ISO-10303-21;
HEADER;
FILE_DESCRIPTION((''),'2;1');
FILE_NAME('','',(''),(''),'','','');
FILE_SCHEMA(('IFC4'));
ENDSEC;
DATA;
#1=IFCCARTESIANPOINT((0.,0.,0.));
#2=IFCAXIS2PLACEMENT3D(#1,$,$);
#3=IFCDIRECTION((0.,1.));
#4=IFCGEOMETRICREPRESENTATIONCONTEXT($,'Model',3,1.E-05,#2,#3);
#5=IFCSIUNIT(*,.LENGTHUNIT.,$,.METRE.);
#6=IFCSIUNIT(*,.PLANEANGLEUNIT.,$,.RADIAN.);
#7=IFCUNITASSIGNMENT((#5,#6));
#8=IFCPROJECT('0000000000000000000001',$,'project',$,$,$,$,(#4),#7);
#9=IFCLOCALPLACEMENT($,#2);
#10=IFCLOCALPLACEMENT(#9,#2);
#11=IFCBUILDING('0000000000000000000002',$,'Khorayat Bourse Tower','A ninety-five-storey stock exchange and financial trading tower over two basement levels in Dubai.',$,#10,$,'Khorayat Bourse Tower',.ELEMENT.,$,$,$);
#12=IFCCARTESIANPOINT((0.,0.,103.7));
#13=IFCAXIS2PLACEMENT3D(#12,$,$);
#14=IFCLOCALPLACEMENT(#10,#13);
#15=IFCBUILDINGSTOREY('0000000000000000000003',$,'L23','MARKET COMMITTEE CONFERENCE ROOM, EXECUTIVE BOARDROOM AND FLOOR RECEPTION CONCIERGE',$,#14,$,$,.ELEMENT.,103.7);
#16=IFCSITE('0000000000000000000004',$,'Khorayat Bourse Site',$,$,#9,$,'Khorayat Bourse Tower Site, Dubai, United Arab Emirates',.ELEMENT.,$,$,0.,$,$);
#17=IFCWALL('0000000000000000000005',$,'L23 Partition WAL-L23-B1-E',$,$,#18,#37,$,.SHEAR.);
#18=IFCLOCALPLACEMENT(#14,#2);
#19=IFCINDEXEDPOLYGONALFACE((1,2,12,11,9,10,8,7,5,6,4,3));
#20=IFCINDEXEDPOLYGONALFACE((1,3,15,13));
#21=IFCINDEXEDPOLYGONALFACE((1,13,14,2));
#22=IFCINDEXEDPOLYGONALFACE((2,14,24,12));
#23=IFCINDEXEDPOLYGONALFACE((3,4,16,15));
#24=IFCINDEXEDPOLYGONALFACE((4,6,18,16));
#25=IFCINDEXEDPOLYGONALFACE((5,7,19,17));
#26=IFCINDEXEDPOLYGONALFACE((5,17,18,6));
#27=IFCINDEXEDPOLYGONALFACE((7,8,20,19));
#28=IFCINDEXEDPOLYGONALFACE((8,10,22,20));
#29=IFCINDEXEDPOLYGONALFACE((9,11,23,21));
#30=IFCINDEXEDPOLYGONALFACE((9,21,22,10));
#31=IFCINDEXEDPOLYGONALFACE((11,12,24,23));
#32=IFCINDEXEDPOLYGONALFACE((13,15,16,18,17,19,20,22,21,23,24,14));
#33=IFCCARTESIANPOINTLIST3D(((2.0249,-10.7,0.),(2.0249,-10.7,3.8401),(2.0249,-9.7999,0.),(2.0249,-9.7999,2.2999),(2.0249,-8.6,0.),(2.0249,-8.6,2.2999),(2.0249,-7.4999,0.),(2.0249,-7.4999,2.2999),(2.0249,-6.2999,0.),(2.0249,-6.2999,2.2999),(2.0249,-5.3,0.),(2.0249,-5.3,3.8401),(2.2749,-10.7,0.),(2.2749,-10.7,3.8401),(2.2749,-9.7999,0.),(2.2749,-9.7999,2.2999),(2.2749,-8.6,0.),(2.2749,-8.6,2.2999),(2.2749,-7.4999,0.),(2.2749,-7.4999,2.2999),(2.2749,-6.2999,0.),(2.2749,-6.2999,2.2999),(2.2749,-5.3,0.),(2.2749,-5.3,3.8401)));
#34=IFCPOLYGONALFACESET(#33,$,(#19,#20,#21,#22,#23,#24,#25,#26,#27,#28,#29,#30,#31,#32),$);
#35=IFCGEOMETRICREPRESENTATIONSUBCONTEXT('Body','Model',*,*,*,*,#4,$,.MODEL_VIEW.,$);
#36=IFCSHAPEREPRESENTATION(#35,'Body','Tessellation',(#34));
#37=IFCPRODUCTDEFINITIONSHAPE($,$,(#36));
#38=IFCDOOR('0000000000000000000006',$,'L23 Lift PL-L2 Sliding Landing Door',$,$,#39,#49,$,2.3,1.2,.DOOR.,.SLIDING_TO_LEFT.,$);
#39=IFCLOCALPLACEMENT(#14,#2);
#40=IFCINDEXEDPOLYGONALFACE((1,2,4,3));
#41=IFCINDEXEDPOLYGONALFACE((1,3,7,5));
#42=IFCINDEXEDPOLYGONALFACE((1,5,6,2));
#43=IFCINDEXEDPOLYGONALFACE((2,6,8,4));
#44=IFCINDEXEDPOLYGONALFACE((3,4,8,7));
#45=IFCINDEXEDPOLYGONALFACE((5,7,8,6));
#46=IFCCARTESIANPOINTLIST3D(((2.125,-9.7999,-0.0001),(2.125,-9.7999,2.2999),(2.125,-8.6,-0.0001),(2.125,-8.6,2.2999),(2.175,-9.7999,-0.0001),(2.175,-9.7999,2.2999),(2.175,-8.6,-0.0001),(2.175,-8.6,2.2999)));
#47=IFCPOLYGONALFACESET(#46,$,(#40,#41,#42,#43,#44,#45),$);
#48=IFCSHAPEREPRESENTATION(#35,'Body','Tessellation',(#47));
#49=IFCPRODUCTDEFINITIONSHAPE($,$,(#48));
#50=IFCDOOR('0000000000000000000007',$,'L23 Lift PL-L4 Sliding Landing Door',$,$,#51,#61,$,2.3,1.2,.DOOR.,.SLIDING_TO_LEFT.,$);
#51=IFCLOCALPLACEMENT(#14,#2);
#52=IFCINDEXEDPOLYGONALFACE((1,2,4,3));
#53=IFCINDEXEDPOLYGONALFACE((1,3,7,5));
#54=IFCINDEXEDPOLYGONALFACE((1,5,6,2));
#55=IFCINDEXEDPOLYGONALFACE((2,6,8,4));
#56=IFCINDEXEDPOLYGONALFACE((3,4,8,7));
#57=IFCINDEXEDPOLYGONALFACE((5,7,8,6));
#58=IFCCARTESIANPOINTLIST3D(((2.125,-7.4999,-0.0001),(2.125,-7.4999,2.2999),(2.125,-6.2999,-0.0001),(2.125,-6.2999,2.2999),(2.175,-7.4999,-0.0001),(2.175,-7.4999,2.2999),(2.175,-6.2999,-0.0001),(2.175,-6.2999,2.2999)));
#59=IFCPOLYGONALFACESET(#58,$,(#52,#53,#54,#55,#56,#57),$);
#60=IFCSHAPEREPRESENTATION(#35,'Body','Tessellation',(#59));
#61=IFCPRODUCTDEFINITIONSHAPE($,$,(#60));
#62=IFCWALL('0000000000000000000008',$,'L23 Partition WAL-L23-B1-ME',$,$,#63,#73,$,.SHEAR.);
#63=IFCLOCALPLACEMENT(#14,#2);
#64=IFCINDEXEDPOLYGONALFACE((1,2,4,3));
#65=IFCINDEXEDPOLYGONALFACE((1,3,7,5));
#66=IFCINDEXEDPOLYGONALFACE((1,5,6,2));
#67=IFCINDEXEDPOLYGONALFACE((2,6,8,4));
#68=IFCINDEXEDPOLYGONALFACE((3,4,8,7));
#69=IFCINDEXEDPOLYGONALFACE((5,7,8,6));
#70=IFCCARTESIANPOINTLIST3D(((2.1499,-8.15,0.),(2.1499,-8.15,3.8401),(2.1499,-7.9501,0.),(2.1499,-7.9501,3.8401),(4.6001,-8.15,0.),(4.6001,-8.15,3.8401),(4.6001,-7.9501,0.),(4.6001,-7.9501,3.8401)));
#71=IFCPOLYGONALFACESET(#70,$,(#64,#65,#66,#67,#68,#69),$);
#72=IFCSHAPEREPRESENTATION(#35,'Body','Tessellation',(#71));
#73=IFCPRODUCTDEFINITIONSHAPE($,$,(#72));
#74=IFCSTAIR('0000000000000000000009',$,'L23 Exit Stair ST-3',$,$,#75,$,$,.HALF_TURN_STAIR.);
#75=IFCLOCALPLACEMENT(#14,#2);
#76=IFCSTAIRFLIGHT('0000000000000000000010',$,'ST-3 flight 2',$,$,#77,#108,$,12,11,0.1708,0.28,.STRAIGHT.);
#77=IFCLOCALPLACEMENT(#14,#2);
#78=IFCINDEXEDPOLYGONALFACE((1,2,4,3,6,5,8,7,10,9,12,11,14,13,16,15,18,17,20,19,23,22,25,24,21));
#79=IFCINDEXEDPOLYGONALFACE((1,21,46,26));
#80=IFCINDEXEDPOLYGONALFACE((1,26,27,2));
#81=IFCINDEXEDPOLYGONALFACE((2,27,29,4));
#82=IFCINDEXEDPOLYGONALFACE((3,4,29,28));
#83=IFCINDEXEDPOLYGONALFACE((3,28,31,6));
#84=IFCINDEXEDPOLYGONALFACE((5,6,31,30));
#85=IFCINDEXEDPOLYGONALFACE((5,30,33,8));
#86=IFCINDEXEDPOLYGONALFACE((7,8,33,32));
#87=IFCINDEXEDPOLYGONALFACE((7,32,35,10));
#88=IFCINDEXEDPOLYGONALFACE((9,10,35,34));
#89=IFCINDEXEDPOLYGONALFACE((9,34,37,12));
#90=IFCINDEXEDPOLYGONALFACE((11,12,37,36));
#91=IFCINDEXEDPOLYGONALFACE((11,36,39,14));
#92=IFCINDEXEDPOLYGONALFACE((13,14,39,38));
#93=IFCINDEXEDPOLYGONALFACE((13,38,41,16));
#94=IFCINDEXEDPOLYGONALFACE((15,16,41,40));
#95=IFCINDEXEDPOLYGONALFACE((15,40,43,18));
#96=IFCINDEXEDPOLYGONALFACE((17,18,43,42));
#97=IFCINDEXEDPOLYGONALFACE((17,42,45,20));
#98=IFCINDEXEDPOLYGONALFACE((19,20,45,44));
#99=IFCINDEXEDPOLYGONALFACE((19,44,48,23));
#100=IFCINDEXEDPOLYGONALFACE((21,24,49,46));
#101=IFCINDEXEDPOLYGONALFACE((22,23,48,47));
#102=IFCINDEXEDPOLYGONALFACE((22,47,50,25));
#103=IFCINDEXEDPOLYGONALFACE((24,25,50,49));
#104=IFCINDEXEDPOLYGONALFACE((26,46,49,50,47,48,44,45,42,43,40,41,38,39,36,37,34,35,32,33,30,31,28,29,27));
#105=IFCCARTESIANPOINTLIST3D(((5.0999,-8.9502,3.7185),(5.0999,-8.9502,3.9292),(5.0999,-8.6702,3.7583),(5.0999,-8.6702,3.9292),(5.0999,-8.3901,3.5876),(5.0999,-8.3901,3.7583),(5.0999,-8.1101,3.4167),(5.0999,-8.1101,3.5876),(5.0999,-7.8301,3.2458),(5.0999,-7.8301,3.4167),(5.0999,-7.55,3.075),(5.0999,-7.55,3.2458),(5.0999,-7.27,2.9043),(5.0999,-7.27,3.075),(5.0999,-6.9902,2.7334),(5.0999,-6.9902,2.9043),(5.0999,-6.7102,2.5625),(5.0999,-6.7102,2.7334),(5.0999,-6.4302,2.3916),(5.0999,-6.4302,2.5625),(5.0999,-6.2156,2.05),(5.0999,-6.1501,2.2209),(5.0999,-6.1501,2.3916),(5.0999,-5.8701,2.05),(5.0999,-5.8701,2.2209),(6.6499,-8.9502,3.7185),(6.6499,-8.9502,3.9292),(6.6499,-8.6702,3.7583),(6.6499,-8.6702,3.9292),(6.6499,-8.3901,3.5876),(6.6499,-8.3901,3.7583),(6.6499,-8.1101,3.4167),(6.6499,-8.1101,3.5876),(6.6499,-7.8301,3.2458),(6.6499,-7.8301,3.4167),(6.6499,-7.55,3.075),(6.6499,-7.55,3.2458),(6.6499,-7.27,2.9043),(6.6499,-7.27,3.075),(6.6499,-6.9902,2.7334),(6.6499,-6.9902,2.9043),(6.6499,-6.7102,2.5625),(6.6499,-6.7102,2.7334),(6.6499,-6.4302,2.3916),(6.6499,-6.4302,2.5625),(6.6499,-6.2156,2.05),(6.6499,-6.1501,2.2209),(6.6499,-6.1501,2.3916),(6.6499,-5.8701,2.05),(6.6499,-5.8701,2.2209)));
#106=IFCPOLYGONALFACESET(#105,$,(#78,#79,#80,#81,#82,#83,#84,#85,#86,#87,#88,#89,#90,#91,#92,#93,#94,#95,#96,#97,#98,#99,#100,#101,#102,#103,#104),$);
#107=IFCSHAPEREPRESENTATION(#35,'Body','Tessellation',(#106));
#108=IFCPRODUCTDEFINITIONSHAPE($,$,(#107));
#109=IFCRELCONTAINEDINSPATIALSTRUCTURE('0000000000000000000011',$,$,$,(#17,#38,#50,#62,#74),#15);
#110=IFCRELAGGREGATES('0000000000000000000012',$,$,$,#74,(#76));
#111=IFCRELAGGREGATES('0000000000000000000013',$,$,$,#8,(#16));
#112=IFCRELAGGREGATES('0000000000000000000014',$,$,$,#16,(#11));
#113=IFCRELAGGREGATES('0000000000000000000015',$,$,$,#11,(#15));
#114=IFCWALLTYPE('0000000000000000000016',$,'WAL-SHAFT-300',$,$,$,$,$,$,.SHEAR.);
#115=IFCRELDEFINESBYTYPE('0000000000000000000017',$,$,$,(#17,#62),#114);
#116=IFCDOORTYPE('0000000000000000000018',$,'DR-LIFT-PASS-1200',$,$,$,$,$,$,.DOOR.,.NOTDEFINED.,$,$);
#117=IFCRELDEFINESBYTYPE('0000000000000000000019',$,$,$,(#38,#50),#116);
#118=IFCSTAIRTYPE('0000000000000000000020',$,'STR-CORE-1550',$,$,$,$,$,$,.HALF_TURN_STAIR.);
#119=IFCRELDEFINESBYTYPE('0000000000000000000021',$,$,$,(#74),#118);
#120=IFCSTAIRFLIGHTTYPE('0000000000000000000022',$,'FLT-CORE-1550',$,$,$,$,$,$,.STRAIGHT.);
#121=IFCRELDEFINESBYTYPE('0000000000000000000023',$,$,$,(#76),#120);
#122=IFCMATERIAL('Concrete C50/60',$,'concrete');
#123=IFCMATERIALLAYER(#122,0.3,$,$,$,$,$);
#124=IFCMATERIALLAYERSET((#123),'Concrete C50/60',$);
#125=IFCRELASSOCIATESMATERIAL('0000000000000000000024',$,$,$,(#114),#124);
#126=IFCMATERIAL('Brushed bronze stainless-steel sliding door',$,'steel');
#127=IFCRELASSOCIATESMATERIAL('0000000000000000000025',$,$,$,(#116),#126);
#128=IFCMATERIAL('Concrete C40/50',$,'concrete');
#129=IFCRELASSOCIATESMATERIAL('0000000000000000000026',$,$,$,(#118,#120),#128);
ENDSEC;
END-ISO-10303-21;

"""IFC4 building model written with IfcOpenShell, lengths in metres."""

from ifc_helpers import new_model, si_unit, direction, frame, frame_2d, origin, place, context, subcontext, project, spatial, polyline, rectangle, outline, extrude, source, transform, mapped, material, layer, layer_set, type_object, element, fill, aggregate, save


model = new_model("IFC4")

# Units and contexts
model_context = context("Model", 3, precision=1e-05, world=origin(), true_north=direction((0.0, 1.0)))
body_context = subcontext(model_context, "Body", "Model", "MODEL_VIEW")
ifc_project = project(units=[si_unit("LENGTHUNIT", "METRE"), si_unit("PLANEANGLEUNIT", "RADIAN")], contexts=[model_context])

# Site, building, storey
site_placement = place(None, origin())
site = spatial("IfcSite", under=ifc_project, at=site_placement, Name="Khorayat Bourse Site", LongName="Khorayat Bourse Tower Site, Dubai, United Arab Emirates", CompositionType="ELEMENT", RefElevation=0.0)
building_placement = place(site_placement, origin())
building = spatial("IfcBuilding", under=site, at=building_placement, Name="Khorayat Bourse Tower", Description="A ninety-five-storey stock exchange and financial trading tower over two basement levels in Dubai.", LongName="Khorayat Bourse Tower", CompositionType="ELEMENT")
storey_placement = place(building_placement, frame((0.0, 0.0, 103.7)))
storey = spatial("IfcBuildingStorey", under=building, at=storey_placement, Name="L23", Description="MARKET COMMITTEE CONFERENCE ROOM, EXECUTIVE BOARDROOM AND FLOOR RECEPTION CONCIERGE", CompositionType="ELEMENT", Elevation=103.7)

# Wall, openings, doors
ifc_material_1 = material(Name="Concrete C50/60", Category="concrete")
ifc_layer_1 = layer(ifc_material_1, 0.3)
ifc_layer_set_1 = layer_set([ifc_layer_1], Name="Concrete C50/60")
wall_type_1 = type_object("IfcWallType", Name="WAL-SHAFT-300", PredefinedType="SHEAR", material=ifc_layer_set_1)
shared_shape_1 = source(origin(), body_context, "Body", "SweptSolid", [
    extrude(rectangle(XDim=5.3999, YDim=0.25, at=frame_2d((2.7, 0.0))), origin(), (0.0, 0.0, 1.0), 3.8401),
])
shared_shape_2 = source(origin(), body_context, "Body", "SweptSolid", [
    extrude(rectangle(XDim=1.2, YDim=2.3, at=frame_2d((0.6001, 1.1499))), frame((0.0, 0.135, 0.0), z_axis=(0.0, -1.0, 0.0), x_axis=(1.0, 0.0, 0.0)), (0.0, 0.0, 1.0), 0.27),
])
ifc_material_2 = material(Name="Brushed bronze stainless-steel sliding door", Category="steel")
door_type_1 = type_object("IfcDoorType", Name="DR-LIFT-PASS-1200", OperationType="NOTDEFINED", PredefinedType="DOOR", material=ifc_material_2)
shared_shape_3 = source(origin(), body_context, "Body", "SweptSolid", [
    extrude(rectangle(XDim=1.2, YDim=2.3, at=frame_2d((0.6001, 1.1499))), frame((0.0, 0.0249, 0.0), z_axis=(0.0, -1.0, 0.0), x_axis=(1.0, 0.0, 0.0)), (0.0, 0.0, 1.0), 0.05),
])
wall_1_placement = place(storey_placement, frame((2.1499, -10.7, 0.0), z_axis=(0.0, 0.0, 1.0), x_axis=(0.0, 1.0, 0.0)))
wall_1 = element("IfcWall", 1, at=wall_1_placement, inside=storey, type_object=wall_type_1, Name="L23 Partition WAL-L23-B1-E", PredefinedType="SHEAR", context=body_context, shape_type="MappedRepresentation", body=[
    mapped(shared_shape_1, transform((0.0, 0.0, 0.0), scale=1.0)),
])
opening_1_placement = place(wall_1_placement, frame((0.8999, 0.0, 0.0)))
opening_1 = element("IfcOpeningElement", 2, at=opening_1_placement, cuts=wall_1, PredefinedType="OPENING", context=body_context, shape_type="MappedRepresentation", body=[
    mapped(shared_shape_2, transform((0.0, 0.0, 0.0), scale=1.0)),
])
opening_2_placement = place(wall_1_placement, frame((3.2, 0.0, 0.0)))
opening_2 = element("IfcOpeningElement", 3, at=opening_2_placement, cuts=wall_1, PredefinedType="OPENING", context=body_context, shape_type="MappedRepresentation", body=[
    mapped(shared_shape_2, transform((0.0, 0.0, 0.0), scale=1.0)),
])
door_1_placement = place(opening_1_placement, origin())
door_1 = element("IfcDoor", 4, at=door_1_placement, inside=storey, type_object=door_type_1, Name="L23 Lift PL-L2 Sliding Landing Door", OperationType="SLIDING_TO_LEFT", OverallHeight=2.3, OverallWidth=1.2, PredefinedType="DOOR", context=body_context, shape_type="MappedRepresentation", body=[
    mapped(shared_shape_3, transform((0.0, 0.0, 0.0), scale=1.0)),
])
fill(opening_1, door_1)
door_2_placement = place(opening_2_placement, origin())
door_2 = element("IfcDoor", 5, at=door_2_placement, inside=storey, type_object=door_type_1, Name="L23 Lift PL-L4 Sliding Landing Door", OperationType="SLIDING_TO_LEFT", OverallHeight=2.3, OverallWidth=1.2, PredefinedType="DOOR", context=body_context, shape_type="MappedRepresentation", body=[
    mapped(shared_shape_3, transform((0.0, 0.0, 0.0), scale=1.0)),
])
fill(opening_2, door_2)

# Wall
shared_shape_4 = source(origin(), body_context, "Body", "SweptSolid", [
    extrude(rectangle(XDim=2.4502, YDim=0.2, at=frame_2d((1.2251, 0.0))), origin(), (0.0, 0.0, 1.0), 3.8401),
])
wall_2_placement = place(storey_placement, frame((2.1499, -8.05, 0.0), z_axis=(0.0, 0.0, 1.0), x_axis=(1.0, 0.0, 0.0)))
element("IfcWall", 6, at=wall_2_placement, inside=storey, type_object=wall_type_1, Name="L23 Partition WAL-L23-B1-ME", PredefinedType="SHEAR", context=body_context, shape_type="MappedRepresentation", body=[
    mapped(shared_shape_4, transform((0.0, 0.0, 0.0), scale=1.0)),
])

# Stair, stair flight
ifc_material_3 = material(Name="Concrete C40/50", Category="concrete")
stair_type = type_object("IfcStairType", Name="STR-CORE-1550", PredefinedType="HALF_TURN_STAIR", material=ifc_material_3)
stair_placement = place(storey_placement, origin())
stair = element("IfcStair", 7, at=stair_placement, inside=storey, type_object=stair_type, Name="L23 Exit Stair ST-3", PredefinedType="HALF_TURN_STAIR")
stair_flight_type = type_object("IfcStairFlightType", Name="FLT-CORE-1550", PredefinedType="STRAIGHT", material=ifc_material_3)
shared_shape_5 = source(origin(), body_context, "Body", "SweptSolid", [
    extrude(outline(polyline([(0.0, 0.0), (0.0, 0.1709), (0.28, 0.1709), (0.28, 0.3416), (0.5601, 0.3416), (0.5601, 0.5125), (0.8401, 0.5125), (0.8401, 0.6833), (1.1201, 0.6833), (1.1201, 0.8542), (1.3999, 0.8542), (1.3999, 1.0249), (1.6799, 1.0249), (1.6799, 1.1958), (1.96, 1.1958), (1.96, 1.3667), (2.24, 1.3667), (2.24, 1.5376), (2.52, 1.5376), (2.52, 1.7083), (2.8, 1.7083), (2.8, 1.8792), (3.0801, 1.8792), (3.0801, 2.05), (3.0801, 1.6685), (0.3455, 0.0), (0.0, 0.0)])), frame((0.0, 0.7749, 0.0), z_axis=(0.0, -1.0, 0.0), x_axis=(1.0, 0.0, 0.0)), (0.0, 0.0, 1.0), 1.55),
])
stair_flight_placement = place(storey_placement, frame((5.875, -5.8701, 2.05), z_axis=(0.0, 0.0, 1.0), x_axis=(0.0, -1.0, 0.0)))
stair_flight = element("IfcStairFlight", 8, at=stair_flight_placement, type_object=stair_flight_type, Name="ST-3 flight 2", NumberOfRisers=12, NumberOfTreads=11, PredefinedType="STRAIGHT", RiserHeight=0.1708, TreadLength=0.28, context=body_context, shape_type="MappedRepresentation", body=[
    mapped(shared_shape_5, transform((0.0, 0.0, 0.0), scale=1.0)),
])
aggregate(stair, [stair_flight])

save(model, "model.ifc")
